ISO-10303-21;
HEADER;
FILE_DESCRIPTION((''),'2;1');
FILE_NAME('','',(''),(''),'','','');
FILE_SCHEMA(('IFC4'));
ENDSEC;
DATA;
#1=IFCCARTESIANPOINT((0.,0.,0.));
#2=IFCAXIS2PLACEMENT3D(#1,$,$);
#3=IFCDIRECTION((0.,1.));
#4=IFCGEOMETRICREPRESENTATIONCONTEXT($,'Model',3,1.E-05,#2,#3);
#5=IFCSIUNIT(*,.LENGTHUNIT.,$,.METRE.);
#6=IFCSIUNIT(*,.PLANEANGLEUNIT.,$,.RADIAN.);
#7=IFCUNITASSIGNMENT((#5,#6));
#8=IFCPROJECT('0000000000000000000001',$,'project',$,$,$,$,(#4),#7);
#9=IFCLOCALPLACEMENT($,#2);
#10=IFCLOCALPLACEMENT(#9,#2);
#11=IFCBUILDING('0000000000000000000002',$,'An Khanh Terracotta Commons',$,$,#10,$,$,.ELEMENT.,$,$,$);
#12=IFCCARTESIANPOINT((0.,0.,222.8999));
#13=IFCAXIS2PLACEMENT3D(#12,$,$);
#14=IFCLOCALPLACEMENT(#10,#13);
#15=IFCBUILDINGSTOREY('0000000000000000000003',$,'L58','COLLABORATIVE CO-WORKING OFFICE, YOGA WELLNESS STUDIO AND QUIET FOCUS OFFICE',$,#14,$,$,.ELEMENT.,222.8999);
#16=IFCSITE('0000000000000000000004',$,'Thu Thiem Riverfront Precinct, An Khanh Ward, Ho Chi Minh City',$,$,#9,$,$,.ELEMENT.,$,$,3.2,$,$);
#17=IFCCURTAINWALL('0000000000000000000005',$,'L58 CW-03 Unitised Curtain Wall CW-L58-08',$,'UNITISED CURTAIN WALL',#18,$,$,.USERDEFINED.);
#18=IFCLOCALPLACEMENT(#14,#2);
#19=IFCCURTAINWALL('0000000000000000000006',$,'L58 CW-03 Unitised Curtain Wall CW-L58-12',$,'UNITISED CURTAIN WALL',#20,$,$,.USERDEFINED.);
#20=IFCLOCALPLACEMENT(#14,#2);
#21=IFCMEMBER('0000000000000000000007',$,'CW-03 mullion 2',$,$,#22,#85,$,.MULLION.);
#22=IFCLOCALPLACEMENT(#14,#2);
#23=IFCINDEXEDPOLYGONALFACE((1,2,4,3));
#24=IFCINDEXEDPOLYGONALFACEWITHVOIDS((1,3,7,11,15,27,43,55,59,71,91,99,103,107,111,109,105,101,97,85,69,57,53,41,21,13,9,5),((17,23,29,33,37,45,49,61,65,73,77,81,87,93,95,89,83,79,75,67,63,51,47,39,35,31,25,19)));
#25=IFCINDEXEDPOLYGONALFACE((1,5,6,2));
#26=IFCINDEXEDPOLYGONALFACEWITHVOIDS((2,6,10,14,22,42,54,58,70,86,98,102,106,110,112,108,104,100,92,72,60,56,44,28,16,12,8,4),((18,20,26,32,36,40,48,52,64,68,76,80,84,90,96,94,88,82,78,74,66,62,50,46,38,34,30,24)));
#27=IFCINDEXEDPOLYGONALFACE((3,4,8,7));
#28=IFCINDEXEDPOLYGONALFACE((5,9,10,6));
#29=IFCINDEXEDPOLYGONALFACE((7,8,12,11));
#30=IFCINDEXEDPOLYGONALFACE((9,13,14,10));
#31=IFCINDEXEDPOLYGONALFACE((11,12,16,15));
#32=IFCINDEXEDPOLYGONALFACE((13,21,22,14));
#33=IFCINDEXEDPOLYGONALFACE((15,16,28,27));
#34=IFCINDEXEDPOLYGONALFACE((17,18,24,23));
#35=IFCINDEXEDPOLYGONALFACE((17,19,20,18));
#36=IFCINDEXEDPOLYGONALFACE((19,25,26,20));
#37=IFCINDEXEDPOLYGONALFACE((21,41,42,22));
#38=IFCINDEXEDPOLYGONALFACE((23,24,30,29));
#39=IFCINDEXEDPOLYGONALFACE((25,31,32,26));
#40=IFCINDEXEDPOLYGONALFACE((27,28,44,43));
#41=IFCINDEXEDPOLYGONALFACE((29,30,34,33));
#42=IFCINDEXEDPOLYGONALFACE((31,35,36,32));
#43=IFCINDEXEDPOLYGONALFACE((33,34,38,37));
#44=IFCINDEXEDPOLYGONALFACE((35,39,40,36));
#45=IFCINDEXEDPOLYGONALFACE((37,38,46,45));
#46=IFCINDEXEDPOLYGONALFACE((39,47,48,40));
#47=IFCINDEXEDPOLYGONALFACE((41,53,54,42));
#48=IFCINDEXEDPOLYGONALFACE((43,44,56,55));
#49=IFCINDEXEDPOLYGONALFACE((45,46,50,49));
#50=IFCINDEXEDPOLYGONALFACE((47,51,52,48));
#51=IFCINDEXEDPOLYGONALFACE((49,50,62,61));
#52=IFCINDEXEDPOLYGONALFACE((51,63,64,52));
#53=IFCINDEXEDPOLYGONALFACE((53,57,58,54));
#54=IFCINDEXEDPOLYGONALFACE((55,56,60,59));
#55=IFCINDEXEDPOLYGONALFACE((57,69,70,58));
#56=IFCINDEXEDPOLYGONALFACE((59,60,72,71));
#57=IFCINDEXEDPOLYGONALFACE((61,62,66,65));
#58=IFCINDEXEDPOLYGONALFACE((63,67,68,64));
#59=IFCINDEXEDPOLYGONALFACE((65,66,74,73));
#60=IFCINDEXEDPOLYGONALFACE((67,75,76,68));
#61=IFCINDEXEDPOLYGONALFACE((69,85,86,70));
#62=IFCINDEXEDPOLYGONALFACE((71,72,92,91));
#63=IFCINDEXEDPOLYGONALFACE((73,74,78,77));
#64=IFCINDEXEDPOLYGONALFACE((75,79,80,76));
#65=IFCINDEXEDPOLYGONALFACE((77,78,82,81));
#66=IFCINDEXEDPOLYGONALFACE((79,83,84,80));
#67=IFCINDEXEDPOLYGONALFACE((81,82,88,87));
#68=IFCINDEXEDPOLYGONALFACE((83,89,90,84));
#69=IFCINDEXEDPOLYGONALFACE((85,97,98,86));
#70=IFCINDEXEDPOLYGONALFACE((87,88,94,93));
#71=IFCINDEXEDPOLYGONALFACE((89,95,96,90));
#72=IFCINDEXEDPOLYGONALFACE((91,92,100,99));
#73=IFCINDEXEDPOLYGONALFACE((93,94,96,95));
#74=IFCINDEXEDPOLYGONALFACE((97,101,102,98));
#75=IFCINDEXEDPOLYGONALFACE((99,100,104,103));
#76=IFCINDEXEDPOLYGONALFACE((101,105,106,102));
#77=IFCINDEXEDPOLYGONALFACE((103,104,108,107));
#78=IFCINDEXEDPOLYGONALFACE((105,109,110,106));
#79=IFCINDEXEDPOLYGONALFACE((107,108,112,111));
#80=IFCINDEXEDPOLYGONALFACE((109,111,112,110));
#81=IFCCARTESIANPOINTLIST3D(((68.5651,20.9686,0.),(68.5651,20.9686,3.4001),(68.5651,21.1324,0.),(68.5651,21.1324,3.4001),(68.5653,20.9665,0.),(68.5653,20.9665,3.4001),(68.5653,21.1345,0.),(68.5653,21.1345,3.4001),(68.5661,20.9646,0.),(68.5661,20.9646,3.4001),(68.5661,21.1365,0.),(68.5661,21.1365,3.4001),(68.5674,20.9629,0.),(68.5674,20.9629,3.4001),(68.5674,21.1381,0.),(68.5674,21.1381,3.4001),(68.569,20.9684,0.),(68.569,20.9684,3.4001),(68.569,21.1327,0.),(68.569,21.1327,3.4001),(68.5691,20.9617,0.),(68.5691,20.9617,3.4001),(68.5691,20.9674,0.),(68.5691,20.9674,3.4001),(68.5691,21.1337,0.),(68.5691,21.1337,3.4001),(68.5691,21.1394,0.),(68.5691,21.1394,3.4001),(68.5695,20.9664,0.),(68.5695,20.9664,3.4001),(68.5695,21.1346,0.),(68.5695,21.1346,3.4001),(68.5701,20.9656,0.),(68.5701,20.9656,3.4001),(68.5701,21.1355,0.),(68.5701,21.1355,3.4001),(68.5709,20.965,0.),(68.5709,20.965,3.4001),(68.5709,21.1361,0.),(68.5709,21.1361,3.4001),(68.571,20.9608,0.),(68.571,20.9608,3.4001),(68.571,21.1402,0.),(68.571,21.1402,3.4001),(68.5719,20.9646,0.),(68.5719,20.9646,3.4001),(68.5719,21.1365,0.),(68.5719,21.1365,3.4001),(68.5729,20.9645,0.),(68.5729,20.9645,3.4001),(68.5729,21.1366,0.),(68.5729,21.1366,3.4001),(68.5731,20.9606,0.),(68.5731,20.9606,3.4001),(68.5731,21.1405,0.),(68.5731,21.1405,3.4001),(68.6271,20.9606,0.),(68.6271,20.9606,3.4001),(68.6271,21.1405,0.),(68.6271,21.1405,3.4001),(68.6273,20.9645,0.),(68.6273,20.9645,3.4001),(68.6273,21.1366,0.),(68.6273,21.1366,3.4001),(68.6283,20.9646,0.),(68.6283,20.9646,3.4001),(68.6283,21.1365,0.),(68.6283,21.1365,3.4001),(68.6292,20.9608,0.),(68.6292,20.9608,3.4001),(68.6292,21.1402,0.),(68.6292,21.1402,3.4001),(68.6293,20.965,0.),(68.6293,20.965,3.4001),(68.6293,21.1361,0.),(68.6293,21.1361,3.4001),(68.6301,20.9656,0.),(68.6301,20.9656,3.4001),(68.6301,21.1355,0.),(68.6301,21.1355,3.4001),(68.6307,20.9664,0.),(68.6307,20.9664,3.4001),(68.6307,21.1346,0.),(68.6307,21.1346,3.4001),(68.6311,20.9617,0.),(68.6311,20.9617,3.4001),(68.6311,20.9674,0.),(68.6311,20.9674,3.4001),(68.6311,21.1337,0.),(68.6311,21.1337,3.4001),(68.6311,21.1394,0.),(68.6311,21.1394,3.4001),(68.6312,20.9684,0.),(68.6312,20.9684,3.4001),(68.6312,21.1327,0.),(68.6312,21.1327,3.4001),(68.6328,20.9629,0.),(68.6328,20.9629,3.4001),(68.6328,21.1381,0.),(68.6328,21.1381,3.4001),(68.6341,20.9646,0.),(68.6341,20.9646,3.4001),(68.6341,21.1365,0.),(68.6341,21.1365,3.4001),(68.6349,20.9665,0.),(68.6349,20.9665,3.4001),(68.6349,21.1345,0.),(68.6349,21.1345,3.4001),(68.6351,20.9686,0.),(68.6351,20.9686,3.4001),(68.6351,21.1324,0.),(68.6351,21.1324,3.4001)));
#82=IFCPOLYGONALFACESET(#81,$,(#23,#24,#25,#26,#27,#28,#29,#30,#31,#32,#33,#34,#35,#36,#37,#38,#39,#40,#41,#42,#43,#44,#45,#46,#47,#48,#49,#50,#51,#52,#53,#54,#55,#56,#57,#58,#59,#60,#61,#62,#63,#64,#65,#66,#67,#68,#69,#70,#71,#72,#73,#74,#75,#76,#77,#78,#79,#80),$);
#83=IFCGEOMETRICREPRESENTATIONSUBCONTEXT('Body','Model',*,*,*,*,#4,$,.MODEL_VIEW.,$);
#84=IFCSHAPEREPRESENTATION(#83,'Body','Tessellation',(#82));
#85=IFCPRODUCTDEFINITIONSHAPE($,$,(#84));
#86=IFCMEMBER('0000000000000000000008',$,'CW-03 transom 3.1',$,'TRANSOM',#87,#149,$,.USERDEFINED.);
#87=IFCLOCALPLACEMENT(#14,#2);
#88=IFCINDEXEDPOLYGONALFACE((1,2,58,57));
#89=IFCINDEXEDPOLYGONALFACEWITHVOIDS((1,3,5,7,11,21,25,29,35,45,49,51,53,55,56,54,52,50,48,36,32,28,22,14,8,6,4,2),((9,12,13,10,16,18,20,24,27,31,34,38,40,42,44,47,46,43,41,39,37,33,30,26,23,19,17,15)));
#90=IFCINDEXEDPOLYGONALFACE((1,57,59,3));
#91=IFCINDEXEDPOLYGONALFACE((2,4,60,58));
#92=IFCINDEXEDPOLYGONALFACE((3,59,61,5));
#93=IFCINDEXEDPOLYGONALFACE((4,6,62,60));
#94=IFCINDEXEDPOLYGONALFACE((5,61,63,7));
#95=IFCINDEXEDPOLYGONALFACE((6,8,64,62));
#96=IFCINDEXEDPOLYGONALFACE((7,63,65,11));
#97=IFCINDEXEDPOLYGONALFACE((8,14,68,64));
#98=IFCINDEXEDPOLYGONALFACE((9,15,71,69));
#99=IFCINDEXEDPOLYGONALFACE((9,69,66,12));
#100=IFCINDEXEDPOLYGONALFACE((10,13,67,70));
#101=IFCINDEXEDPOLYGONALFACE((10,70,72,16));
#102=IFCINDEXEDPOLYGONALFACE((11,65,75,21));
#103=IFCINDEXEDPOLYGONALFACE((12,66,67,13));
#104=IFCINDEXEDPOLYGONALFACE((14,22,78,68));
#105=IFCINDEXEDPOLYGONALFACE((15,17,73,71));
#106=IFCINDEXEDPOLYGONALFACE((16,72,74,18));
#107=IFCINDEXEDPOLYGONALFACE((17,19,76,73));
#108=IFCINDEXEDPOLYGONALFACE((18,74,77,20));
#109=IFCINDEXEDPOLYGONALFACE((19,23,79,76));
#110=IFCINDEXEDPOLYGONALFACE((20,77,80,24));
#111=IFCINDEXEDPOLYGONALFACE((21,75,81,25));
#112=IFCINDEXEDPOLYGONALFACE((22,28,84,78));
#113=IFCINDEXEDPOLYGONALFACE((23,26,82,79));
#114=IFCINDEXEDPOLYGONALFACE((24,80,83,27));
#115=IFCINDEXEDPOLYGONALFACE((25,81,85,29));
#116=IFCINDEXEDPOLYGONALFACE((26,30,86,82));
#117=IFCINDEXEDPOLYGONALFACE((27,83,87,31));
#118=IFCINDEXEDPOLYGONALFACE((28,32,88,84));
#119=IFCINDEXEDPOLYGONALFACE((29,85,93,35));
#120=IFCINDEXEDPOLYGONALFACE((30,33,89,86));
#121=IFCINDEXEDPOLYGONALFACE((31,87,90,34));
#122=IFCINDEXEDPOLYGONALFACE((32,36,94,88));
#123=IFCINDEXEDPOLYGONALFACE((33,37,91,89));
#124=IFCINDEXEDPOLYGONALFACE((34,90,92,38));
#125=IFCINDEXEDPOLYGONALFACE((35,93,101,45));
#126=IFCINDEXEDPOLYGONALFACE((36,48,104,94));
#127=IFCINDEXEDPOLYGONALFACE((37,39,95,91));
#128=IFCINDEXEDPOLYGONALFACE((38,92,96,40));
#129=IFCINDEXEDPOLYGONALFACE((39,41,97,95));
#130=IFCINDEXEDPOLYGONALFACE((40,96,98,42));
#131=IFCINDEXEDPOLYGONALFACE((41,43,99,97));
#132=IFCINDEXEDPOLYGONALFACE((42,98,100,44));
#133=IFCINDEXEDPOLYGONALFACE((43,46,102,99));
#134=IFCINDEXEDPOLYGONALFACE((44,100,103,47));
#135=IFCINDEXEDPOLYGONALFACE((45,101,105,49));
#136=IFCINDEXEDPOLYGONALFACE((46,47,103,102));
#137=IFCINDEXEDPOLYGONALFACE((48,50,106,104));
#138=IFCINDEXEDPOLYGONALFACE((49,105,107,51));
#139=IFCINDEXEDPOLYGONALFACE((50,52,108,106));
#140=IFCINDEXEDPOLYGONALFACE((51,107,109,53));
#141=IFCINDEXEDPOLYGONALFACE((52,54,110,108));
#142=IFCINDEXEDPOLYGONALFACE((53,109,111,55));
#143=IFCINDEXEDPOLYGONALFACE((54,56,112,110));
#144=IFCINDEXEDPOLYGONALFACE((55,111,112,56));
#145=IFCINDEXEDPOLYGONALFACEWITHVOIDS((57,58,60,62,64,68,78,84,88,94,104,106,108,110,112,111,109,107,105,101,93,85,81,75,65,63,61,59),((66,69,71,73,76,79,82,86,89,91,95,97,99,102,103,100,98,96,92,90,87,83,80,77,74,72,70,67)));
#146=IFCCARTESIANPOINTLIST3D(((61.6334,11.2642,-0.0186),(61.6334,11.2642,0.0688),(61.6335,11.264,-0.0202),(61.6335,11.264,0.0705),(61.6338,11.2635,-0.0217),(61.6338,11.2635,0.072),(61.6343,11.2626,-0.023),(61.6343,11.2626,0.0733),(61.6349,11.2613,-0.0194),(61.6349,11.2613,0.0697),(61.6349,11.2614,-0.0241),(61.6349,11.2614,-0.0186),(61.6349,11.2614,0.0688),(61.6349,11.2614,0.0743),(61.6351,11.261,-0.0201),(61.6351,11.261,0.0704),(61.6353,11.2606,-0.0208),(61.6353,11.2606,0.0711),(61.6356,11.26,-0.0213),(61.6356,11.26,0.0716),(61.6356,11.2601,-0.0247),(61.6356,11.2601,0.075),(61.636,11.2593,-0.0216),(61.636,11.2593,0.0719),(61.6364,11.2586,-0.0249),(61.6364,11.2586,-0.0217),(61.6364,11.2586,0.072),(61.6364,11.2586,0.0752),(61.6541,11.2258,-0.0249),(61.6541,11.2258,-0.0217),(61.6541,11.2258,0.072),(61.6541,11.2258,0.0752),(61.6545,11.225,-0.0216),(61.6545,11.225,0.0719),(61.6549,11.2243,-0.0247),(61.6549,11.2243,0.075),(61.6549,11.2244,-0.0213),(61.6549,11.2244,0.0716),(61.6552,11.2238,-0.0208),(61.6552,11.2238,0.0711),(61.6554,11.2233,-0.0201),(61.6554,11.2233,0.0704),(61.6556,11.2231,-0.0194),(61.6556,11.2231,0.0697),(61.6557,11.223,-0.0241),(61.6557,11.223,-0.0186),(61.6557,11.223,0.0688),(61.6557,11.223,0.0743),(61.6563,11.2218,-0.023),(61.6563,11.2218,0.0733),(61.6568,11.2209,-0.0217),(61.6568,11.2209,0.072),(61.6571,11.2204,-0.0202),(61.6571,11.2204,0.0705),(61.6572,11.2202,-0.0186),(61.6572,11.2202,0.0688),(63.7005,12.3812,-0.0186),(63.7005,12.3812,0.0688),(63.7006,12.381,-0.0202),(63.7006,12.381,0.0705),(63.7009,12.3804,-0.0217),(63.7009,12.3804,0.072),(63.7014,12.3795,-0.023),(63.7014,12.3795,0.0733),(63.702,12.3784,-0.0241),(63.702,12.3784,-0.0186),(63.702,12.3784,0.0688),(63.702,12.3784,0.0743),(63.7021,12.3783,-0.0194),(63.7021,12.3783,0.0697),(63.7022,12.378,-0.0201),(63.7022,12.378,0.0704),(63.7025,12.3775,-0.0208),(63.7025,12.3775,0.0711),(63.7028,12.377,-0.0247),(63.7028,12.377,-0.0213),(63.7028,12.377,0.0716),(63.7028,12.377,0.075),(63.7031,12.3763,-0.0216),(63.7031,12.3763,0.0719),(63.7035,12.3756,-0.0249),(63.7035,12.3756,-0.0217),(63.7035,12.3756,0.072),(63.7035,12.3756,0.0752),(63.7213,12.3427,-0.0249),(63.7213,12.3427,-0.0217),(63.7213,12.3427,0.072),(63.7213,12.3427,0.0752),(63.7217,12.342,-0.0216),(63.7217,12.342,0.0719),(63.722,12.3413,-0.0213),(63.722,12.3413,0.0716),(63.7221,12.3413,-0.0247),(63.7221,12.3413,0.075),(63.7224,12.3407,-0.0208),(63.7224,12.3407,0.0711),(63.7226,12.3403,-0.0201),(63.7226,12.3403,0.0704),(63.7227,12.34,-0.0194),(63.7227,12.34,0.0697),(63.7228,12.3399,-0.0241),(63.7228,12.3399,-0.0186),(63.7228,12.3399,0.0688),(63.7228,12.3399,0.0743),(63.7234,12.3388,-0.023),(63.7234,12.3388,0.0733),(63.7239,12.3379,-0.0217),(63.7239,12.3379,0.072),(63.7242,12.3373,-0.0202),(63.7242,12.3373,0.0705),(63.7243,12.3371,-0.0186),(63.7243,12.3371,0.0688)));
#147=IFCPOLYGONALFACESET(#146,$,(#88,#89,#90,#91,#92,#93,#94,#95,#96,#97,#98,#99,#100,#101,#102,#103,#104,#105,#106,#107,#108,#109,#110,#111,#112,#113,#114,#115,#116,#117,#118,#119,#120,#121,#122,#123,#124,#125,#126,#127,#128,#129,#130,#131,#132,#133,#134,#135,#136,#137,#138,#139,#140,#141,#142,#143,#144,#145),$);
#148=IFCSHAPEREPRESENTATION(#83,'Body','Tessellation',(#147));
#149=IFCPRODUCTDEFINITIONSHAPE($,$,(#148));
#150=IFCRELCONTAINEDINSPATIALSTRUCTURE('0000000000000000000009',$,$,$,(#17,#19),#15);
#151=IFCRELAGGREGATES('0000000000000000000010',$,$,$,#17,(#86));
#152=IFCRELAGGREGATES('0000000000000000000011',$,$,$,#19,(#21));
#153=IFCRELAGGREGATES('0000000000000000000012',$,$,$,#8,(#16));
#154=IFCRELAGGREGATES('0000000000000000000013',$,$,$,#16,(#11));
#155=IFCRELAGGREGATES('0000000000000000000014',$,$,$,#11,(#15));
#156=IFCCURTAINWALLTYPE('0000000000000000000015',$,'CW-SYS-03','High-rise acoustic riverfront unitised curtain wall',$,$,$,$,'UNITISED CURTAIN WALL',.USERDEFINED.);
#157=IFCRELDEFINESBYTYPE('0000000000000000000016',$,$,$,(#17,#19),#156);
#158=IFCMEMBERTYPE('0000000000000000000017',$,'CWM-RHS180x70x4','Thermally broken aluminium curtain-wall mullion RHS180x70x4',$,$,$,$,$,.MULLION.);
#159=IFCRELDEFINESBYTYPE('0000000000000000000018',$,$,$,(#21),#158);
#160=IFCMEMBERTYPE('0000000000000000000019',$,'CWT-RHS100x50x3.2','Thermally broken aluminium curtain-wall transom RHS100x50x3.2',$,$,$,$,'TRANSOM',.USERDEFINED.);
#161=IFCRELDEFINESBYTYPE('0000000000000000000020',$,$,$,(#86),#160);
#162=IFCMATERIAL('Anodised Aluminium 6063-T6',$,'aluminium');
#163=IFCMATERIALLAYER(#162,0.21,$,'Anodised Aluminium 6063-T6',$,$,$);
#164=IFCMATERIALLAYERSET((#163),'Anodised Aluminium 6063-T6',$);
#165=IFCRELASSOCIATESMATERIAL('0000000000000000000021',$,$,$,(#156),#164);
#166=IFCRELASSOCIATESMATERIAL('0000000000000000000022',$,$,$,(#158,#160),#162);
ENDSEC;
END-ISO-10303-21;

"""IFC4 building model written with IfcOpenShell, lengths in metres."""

from ifc_helpers import new_model, si_unit, direction, frame, origin, origin_2d, place, context, subcontext, project, spatial, hollow_rectangle, extrude, material, layer, layer_set, material_profile, profile_set, type_object, element, aggregate, save


model = new_model("IFC4")

# Units and contexts
model_context = context("Model", 3, precision=1e-05, world=origin(), true_north=direction((0.0, 1.0)))
body_context = subcontext(model_context, "Body", "Model", "MODEL_VIEW")
ifc_project = project(units=[si_unit("LENGTHUNIT", "METRE"), si_unit("PLANEANGLEUNIT", "RADIAN")], contexts=[model_context])

# Site, building, storey
site_placement = place(None, origin())
site = spatial("IfcSite", under=ifc_project, at=site_placement, Name="Thu Thiem Riverfront Precinct, An Khanh Ward, Ho Chi Minh City", CompositionType="ELEMENT", RefElevation=3.2)
building_placement = place(site_placement, origin())
building = spatial("IfcBuilding", under=site, at=building_placement, Name="An Khanh Terracotta Commons", CompositionType="ELEMENT")
storey_placement = place(building_placement, frame((0.0, 0.0, 222.8999)))
storey = spatial("IfcBuildingStorey", under=building, at=storey_placement, Name="L58", Description="COLLABORATIVE CO-WORKING OFFICE, YOGA WELLNESS STUDIO AND QUIET FOCUS OFFICE", CompositionType="ELEMENT", Elevation=222.8999)

# Curtain walls, member
ifc_material_1 = material(Name="Anodised Aluminium 6063-T6", Category="aluminium")
ifc_layer_1 = layer(ifc_material_1, 0.21, Name="Anodised Aluminium 6063-T6")
ifc_layer_set_1 = layer_set([ifc_layer_1], Name="Anodised Aluminium 6063-T6")
curtain_wall_type = type_object("IfcCurtainWallType", Name="CW-SYS-03", Description="High-rise acoustic riverfront unitised curtain wall", ElementType="UNITISED CURTAIN WALL", PredefinedType="USERDEFINED", material=ifc_layer_set_1)
curtain_wall_1_placement = place(storey_placement, origin())
curtain_wall_1 = element("IfcCurtainWall", 1, at=curtain_wall_1_placement, inside=storey, type_object=curtain_wall_type, Name="L58 CW-03 Unitised Curtain Wall CW-L58-08", ObjectType="UNITISED CURTAIN WALL", PredefinedType="USERDEFINED")
ifc_material_profile_1 = material_profile(ifc_material_1, hollow_rectangle(XDim=0.0701, YDim=0.1799, WallThickness=0.0039, InnerFilletRadius=0.0039, OuterFilletRadius=0.0081, at=origin_2d()), Name="RHS180x70x4")
ifc_profile_set_1 = profile_set([ifc_material_profile_1], Name="Anodised Aluminium 6063-T6")
member_type_1 = type_object("IfcMemberType", Name="CWM-RHS180x70x4", Description="Thermally broken aluminium curtain-wall mullion RHS180x70x4", PredefinedType="MULLION", material=ifc_profile_set_1)
curtain_wall_2_placement = place(storey_placement, origin())
curtain_wall_2 = element("IfcCurtainWall", 2, at=curtain_wall_2_placement, inside=storey, type_object=curtain_wall_type, Name="L58 CW-03 Unitised Curtain Wall CW-L58-12", ObjectType="UNITISED CURTAIN WALL", PredefinedType="USERDEFINED")
member_1_placement = place(storey_placement, frame((68.6001, 21.0505, 0.0), z_axis=(0.0, 0.0, 1.0), x_axis=(-1.0, 0.0, 0.0)))
member_1 = element("IfcMember", 3, at=member_1_placement, type_object=member_type_1, Name="CW-03 mullion 2", PredefinedType="MULLION", context=body_context, shape_type="SweptSolid", body=[
    extrude(hollow_rectangle(XDim=0.0701, YDim=0.1799, WallThickness=0.0039, InnerFilletRadius=0.0039, OuterFilletRadius=0.0081, at=origin_2d()), origin(), (0.0, 0.0, 1.0), 3.4001),
])

# Member
ifc_material_profile_2 = material_profile(ifc_material_1, hollow_rectangle(XDim=0.05, YDim=0.1001, WallThickness=0.0032, InnerFilletRadius=0.0032, OuterFilletRadius=0.0063, at=origin_2d()), Name="RHS100x50x3.2")
ifc_profile_set_2 = profile_set([ifc_material_profile_2], Name="Anodised Aluminium 6063-T6")
member_type_2 = type_object("IfcMemberType", Name="CWT-RHS100x50x3.2", Description="Thermally broken aluminium curtain-wall transom RHS100x50x3.2", ElementType="TRANSOM", PredefinedType="USERDEFINED", material=ifc_profile_set_2)
member_2_placement = place(storey_placement, frame((61.6453, 11.2422, 0.0251), z_axis=(0.879783, 0.475376, 0.0), x_axis=(-0.475376, 0.879783, 0.0)))
member_2 = element("IfcMember", 4, at=member_2_placement, type_object=member_type_2, Name="CW-03 transom 3.1", ObjectType="TRANSOM", PredefinedType="USERDEFINED", context=body_context, shape_type="SweptSolid", body=[
    extrude(hollow_rectangle(XDim=0.05, YDim=0.1001, WallThickness=0.0032, InnerFilletRadius=0.0032, OuterFilletRadius=0.0063, at=origin_2d()), origin(), (0.0, 0.0, 1.0), 2.3496),
])

aggregate(curtain_wall_1, [member_2])
aggregate(curtain_wall_2, [member_1])

save(model, "model.ifc")
